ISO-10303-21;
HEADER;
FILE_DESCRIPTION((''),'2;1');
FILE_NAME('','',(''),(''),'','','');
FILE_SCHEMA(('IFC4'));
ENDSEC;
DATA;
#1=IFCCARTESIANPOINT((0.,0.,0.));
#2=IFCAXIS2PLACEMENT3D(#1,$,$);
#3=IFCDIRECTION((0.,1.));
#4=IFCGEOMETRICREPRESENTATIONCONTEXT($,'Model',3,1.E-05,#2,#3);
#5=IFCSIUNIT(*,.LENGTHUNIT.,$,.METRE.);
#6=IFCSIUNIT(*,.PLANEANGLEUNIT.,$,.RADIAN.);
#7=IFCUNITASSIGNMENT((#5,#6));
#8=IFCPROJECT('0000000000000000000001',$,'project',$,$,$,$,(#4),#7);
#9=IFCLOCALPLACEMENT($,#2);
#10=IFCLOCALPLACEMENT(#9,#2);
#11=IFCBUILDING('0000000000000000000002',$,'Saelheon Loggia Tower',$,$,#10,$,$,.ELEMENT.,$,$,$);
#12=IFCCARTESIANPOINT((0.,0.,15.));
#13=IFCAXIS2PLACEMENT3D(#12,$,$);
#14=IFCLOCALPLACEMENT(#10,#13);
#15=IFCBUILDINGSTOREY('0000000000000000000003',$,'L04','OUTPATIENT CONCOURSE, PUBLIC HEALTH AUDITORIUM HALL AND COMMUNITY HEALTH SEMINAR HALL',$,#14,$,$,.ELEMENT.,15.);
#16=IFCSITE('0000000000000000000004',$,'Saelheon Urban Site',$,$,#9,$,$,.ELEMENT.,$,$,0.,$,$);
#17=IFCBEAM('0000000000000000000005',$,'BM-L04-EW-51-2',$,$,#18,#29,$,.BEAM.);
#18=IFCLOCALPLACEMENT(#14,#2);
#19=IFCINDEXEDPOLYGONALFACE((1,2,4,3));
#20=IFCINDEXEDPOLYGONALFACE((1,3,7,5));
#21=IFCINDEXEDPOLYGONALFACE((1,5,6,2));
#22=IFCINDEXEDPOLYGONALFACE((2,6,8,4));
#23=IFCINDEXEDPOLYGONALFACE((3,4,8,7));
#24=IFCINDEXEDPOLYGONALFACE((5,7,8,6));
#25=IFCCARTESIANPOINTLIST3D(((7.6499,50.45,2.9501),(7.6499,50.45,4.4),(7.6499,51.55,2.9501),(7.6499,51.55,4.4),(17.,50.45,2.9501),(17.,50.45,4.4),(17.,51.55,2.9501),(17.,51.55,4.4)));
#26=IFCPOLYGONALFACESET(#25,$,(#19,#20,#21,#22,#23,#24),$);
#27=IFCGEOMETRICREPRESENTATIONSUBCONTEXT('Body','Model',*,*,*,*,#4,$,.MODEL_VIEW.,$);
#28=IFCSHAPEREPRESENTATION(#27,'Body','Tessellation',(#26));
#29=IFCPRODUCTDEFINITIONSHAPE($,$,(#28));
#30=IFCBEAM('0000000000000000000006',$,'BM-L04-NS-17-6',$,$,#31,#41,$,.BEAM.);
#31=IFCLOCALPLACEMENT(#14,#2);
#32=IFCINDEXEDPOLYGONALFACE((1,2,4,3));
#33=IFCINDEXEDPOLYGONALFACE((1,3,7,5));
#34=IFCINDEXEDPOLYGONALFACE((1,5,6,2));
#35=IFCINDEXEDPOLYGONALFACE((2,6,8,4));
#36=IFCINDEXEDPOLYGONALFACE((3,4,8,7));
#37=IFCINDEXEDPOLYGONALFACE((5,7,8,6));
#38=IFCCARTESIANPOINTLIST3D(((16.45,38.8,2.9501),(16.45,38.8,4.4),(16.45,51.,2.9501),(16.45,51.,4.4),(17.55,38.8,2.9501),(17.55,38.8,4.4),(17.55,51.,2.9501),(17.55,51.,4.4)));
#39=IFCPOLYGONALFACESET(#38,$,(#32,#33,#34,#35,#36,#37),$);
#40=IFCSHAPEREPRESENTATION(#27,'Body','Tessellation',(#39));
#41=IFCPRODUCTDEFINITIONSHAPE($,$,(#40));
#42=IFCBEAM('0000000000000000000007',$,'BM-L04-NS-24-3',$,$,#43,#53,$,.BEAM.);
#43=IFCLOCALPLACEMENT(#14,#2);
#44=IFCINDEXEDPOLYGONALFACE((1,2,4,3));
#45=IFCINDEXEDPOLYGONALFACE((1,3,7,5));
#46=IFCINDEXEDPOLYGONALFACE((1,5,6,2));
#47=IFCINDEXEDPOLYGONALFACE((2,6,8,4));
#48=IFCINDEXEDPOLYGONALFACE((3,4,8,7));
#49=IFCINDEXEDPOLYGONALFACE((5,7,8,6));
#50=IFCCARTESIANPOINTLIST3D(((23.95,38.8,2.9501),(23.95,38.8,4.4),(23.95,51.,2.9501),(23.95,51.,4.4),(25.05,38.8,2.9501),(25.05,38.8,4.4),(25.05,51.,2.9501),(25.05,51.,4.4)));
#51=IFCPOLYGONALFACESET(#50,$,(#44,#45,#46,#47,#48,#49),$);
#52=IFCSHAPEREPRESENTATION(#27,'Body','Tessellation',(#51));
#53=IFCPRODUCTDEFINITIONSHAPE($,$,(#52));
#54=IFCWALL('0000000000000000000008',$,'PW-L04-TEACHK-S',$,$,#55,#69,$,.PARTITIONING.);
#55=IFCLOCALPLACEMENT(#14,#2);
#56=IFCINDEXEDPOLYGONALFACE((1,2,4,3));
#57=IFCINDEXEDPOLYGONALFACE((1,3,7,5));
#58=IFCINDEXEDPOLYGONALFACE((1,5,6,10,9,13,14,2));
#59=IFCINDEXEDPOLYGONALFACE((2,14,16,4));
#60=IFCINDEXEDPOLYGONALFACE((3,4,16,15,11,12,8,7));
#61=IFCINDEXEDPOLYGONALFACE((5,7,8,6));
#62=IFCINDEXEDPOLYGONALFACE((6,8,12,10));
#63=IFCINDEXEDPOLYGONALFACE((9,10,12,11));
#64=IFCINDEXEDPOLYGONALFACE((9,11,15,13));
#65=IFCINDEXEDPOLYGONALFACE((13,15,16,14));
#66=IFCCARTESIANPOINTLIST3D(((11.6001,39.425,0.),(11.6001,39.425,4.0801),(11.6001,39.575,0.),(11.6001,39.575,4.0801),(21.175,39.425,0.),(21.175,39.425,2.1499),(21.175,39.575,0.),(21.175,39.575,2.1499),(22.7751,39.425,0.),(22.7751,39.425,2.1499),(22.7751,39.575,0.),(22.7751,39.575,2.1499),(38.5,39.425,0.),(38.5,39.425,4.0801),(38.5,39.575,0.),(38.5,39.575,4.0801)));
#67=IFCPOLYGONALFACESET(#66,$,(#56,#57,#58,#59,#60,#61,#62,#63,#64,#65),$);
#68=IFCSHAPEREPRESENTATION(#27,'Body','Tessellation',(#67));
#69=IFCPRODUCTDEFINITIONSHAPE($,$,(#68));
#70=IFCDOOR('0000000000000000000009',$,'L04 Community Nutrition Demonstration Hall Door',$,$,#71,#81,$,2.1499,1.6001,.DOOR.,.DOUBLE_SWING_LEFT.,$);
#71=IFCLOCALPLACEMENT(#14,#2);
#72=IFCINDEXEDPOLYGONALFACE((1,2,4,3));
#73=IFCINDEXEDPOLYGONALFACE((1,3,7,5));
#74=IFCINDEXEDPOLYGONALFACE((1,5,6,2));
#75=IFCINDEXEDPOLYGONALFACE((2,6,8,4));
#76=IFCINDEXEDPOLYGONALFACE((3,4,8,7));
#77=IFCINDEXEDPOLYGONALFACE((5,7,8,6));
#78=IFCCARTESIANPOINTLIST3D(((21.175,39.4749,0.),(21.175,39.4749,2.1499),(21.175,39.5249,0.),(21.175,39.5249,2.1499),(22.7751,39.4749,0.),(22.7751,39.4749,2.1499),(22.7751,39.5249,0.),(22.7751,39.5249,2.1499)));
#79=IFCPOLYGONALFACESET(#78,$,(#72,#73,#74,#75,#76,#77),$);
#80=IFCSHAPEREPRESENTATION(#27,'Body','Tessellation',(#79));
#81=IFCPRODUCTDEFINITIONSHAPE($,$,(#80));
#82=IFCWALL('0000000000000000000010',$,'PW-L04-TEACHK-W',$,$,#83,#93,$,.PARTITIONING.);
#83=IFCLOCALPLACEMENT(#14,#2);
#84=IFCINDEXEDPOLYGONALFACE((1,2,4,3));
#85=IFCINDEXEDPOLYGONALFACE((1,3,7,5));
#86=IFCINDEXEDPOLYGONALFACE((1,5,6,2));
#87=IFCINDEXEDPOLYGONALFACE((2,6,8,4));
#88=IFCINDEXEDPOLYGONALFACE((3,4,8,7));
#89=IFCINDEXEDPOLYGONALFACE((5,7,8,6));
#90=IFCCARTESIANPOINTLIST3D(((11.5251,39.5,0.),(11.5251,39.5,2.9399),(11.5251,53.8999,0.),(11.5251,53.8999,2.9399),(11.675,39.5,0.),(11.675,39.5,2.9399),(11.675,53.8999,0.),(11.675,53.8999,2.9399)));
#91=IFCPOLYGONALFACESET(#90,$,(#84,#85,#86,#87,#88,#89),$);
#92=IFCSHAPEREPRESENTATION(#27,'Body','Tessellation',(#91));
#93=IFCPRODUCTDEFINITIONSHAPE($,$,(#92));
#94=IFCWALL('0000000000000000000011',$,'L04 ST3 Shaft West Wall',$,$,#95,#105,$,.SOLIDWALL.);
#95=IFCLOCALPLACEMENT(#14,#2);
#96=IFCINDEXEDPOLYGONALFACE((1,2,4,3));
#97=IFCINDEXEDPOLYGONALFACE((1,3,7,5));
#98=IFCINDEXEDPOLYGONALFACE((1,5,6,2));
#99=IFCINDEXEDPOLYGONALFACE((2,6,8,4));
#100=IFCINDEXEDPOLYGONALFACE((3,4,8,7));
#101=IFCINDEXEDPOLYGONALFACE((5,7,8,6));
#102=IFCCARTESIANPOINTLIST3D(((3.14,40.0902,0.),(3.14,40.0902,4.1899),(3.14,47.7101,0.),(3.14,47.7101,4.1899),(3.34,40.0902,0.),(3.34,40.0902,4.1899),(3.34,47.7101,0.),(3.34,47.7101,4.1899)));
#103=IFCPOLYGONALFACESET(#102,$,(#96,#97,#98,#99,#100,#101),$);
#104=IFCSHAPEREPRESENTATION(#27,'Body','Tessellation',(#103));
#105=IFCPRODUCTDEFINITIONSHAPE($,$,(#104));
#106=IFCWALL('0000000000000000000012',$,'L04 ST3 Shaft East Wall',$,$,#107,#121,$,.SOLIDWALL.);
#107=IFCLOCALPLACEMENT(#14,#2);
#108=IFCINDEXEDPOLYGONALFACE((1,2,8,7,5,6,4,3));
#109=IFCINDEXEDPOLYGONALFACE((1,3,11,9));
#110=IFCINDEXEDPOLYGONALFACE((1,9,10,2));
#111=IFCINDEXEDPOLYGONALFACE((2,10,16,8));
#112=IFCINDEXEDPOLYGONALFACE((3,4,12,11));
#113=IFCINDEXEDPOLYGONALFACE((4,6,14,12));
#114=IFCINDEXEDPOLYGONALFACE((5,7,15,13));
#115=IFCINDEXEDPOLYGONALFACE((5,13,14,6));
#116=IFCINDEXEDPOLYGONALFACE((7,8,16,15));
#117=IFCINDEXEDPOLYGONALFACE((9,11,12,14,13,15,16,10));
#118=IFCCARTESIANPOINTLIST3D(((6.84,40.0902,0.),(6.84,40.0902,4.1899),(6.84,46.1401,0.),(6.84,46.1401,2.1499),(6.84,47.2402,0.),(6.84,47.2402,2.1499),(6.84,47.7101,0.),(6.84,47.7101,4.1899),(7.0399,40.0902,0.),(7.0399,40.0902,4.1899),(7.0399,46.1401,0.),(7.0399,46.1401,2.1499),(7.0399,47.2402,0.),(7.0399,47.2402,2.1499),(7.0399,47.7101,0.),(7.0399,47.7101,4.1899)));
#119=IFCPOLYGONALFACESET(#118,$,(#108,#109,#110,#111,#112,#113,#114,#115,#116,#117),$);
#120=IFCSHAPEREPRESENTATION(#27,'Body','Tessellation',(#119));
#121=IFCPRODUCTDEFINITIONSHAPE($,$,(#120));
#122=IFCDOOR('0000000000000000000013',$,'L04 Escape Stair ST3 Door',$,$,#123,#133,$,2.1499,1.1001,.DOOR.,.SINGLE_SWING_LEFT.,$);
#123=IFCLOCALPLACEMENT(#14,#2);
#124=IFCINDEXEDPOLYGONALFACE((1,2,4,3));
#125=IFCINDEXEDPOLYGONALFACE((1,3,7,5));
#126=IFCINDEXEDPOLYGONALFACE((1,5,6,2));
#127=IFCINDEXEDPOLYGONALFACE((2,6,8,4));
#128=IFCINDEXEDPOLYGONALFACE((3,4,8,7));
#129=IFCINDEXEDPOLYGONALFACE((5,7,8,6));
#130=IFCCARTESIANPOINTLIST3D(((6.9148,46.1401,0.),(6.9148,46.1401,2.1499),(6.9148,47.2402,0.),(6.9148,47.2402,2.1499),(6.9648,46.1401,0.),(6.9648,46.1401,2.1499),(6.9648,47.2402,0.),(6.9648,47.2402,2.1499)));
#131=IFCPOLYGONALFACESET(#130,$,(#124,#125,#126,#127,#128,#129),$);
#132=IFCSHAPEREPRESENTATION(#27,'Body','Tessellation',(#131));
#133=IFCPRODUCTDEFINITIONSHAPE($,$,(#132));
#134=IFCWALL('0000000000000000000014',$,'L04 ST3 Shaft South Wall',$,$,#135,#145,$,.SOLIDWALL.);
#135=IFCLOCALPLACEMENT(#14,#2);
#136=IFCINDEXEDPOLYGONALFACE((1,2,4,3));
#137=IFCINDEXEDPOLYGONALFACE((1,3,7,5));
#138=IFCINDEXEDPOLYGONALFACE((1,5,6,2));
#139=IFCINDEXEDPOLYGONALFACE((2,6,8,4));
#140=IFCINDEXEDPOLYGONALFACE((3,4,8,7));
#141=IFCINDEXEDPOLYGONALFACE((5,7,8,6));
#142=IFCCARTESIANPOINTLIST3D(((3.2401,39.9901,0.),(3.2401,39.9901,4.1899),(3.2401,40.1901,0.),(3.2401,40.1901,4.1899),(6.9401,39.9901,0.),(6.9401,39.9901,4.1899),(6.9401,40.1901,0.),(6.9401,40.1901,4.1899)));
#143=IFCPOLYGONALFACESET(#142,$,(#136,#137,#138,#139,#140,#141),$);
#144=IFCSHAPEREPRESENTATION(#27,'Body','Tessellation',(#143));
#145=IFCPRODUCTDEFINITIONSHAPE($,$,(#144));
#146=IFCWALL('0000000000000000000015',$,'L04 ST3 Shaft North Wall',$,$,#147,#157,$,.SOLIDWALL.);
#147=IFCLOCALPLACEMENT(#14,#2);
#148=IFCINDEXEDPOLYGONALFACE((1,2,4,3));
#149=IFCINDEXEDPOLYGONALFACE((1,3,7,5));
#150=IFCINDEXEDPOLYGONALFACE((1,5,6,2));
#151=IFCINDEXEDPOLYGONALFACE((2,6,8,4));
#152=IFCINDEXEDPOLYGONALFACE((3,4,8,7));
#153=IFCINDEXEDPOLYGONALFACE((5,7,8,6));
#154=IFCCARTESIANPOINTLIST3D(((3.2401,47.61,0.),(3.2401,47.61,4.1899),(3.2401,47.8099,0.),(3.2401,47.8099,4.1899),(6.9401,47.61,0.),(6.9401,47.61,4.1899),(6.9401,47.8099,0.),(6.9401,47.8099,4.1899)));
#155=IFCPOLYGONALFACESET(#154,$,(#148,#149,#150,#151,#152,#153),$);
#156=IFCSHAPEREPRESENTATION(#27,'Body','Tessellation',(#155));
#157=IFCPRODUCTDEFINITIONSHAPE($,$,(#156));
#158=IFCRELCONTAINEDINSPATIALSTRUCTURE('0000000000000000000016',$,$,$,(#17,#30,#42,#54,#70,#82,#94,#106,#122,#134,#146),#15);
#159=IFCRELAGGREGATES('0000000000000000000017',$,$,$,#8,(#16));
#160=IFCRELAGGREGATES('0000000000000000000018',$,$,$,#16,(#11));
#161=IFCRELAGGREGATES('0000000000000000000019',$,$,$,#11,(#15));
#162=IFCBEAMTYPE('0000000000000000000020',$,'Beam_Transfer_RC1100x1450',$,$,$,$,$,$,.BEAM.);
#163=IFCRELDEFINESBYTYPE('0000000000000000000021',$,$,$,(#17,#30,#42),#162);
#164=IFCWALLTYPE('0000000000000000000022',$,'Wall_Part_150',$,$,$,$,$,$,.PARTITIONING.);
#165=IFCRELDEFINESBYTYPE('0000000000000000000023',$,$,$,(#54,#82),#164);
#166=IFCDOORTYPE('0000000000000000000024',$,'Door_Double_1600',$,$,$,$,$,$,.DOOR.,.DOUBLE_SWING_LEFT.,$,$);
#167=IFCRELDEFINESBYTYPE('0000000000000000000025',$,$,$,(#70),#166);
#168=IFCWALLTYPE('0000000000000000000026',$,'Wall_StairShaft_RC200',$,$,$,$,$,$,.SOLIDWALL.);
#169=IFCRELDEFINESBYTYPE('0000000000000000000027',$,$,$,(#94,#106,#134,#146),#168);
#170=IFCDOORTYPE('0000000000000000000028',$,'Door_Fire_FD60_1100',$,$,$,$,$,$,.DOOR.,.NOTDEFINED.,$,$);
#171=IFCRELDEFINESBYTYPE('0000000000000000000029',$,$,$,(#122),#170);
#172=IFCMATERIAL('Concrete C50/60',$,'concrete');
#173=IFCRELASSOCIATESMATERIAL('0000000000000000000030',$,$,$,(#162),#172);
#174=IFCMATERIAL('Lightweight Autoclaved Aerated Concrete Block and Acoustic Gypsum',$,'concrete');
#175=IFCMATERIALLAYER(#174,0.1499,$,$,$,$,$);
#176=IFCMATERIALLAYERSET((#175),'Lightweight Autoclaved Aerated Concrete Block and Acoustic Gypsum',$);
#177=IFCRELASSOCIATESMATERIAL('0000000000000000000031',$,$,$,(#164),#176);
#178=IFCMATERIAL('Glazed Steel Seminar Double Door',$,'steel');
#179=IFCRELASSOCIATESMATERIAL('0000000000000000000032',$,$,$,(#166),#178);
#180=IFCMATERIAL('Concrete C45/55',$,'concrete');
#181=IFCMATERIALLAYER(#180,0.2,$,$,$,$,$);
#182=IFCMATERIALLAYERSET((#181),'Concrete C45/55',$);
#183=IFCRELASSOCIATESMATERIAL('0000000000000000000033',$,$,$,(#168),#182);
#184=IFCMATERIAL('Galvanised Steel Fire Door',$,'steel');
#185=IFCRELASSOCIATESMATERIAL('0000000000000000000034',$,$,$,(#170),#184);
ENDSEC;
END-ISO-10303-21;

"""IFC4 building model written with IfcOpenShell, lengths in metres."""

from ifc_helpers import new_model, si_unit, direction, frame, frame_2d, origin, origin_2d, place, context, subcontext, project, spatial, rectangle, extrude, source, transform, mapped, material, layer, layer_set, material_profile, profile_set, type_object, element, fill, save


model = new_model("IFC4")

# Units and contexts
model_context = context("Model", 3, precision=1e-05, world=origin(), true_north=direction((0.0, 1.0)))
body_context = subcontext(model_context, "Body", "Model", "MODEL_VIEW")
ifc_project = project(units=[si_unit("LENGTHUNIT", "METRE"), si_unit("PLANEANGLEUNIT", "RADIAN")], contexts=[model_context])

# Site, building, storey
site_placement = place(None, origin())
site = spatial("IfcSite", under=ifc_project, at=site_placement, Name="Saelheon Urban Site", CompositionType="ELEMENT", RefElevation=0.0)
building_placement = place(site_placement, origin())
building = spatial("IfcBuilding", under=site, at=building_placement, Name="Saelheon Loggia Tower", CompositionType="ELEMENT")
storey_placement = place(building_placement, frame((0.0, 0.0, 15.0)))
storey = spatial("IfcBuildingStorey", under=building, at=storey_placement, Name="L04", Description="OUTPATIENT CONCOURSE, PUBLIC HEALTH AUDITORIUM HALL AND COMMUNITY HEALTH SEMINAR HALL", CompositionType="ELEMENT", Elevation=15.0)

# Shared definitions
ifc_material_1 = material(Name="Concrete C50/60", Category="concrete")
ifc_material_2 = material(Name="Concrete C45/55", Category="concrete")

# Beams
ifc_material_profile_1 = material_profile(ifc_material_1, rectangle(XDim=1.1001, YDim=1.45, at=origin_2d()), Name="RC-1100x1450")
ifc_profile_set_1 = profile_set([ifc_material_profile_1], Name="Concrete C50/60")
beam_type = type_object("IfcBeamType", Name="Beam_Transfer_RC1100x1450", PredefinedType="BEAM", material=ifc_profile_set_1)
shared_shape_1 = source(origin(), body_context, "Body", "SweptSolid", [
    extrude(rectangle(XDim=1.1001, YDim=1.45, at=origin_2d()), origin(), (0.0, 0.0, 1.0), 9.3501),
])
beam_1_placement = place(storey_placement, frame((7.6499, 51.0, 3.675), z_axis=(1.0, 0.0, 0.0), x_axis=(0.0, 1.0, 0.0)))
element("IfcBeam", 1, at=beam_1_placement, inside=storey, type_object=beam_type, Name="BM-L04-EW-51-2", PredefinedType="BEAM", context=body_context, shape_type="MappedRepresentation", body=[
    mapped(shared_shape_1, transform((0.0, 0.0, 0.0), scale=1.0)),
])
shared_shape_2 = source(origin(), body_context, "Body", "SweptSolid", [
    extrude(rectangle(XDim=1.1001, YDim=1.45, at=origin_2d()), origin(), (0.0, 0.0, 1.0), 12.2),
])
for number, where, z_axis, x_axis, name in (
    (2, (17.0, 38.8, 3.675), (0.0, 1.0, 0.0), (-1.0, 0.0, 0.0), "BM-L04-NS-17-6"),
    (3, (24.5, 38.8, 3.675), (0.0, 1.0, 0.0), (-1.0, 0.0, 0.0), "BM-L04-NS-24-3"),
):
    element("IfcBeam", number, at=place(storey_placement, frame(where, z_axis=z_axis, x_axis=x_axis)), inside=storey, type_object=beam_type, Name=name, PredefinedType="BEAM", context=body_context, shape_type="MappedRepresentation", body=[
        mapped(shared_shape_2, transform((0.0, 0.0, 0.0), scale=1.0)),
    ])

# Wall, opening, door
ifc_material_3 = material(Name="Lightweight Autoclaved Aerated Concrete Block and Acoustic Gypsum", Category="concrete")
ifc_layer_1 = layer(ifc_material_3, 0.1499)
ifc_layer_set_1 = layer_set([ifc_layer_1], Name="Lightweight Autoclaved Aerated Concrete Block and Acoustic Gypsum")
wall_type_1 = type_object("IfcWallType", Name="Wall_Part_150", PredefinedType="PARTITIONING", material=ifc_layer_set_1)
wall_1_placement = place(storey_placement, frame((11.6001, 39.5, 0.0), z_axis=(0.0, 0.0, 1.0), x_axis=(1.0, 0.0, 0.0)))
wall_1 = element("IfcWall", 4, at=wall_1_placement, inside=storey, type_object=wall_type_1, Name="PW-L04-TEACHK-S", PredefinedType="PARTITIONING", context=body_context, shape_type="SweptSolid", body=[
    extrude(rectangle(XDim=26.8999, YDim=0.1499, at=frame_2d((13.45, 0.0))), origin(), (0.0, 0.0, 1.0), 4.0801),
])
opening_1_placement = place(wall_1_placement, frame((9.575, 0.0, 0.0)))
opening_1 = element("IfcOpeningElement", 5, at=opening_1_placement, cuts=wall_1, PredefinedType="OPENING", context=body_context, shape_type="SweptSolid", body=[
    extrude(rectangle(XDim=1.6001, YDim=2.1499, at=frame_2d((0.8, 1.075))), frame((0.0, 0.0869, 0.0), z_axis=(0.0, -1.0, 0.0), x_axis=(1.0, 0.0, 0.0)), (0.0, 0.0, 1.0), 0.1738),
])
ifc_material_4 = material(Name="Glazed Steel Seminar Double Door", Category="steel")
door_type_1 = type_object("IfcDoorType", Name="Door_Double_1600", OperationType="DOUBLE_SWING_LEFT", PredefinedType="DOOR", material=ifc_material_4)
shared_shape_3 = source(origin(), body_context, "Body", "SweptSolid", [
    extrude(rectangle(XDim=1.6001, YDim=2.1499, at=frame_2d((0.8, 1.075))), frame((0.0, 0.0249, 0.0), z_axis=(0.0, -1.0, 0.0), x_axis=(1.0, 0.0, 0.0)), (0.0, 0.0, 1.0), 0.05),
])
door_1_placement = place(opening_1_placement, origin())
door_1 = element("IfcDoor", 6, at=door_1_placement, inside=storey, type_object=door_type_1, Name="L04 Community Nutrition Demonstration Hall Door", OperationType="DOUBLE_SWING_LEFT", OverallHeight=2.1499, OverallWidth=1.6001, PredefinedType="DOOR", context=body_context, shape_type="MappedRepresentation", body=[
    mapped(shared_shape_3, transform((0.0, 0.0, 0.0), scale=1.0)),
])
fill(opening_1, door_1)

# Walls
wall_2_placement = place(storey_placement, frame((11.6001, 39.5, 0.0), z_axis=(0.0, 0.0, 1.0), x_axis=(0.0, 1.0, 0.0)))
element("IfcWall", 7, at=wall_2_placement, inside=storey, type_object=wall_type_1, Name="PW-L04-TEACHK-W", PredefinedType="PARTITIONING", context=body_context, shape_type="SweptSolid", body=[
    extrude(rectangle(XDim=14.3999, YDim=0.1499, at=frame_2d((7.2, 0.0))), origin(), (0.0, 0.0, 1.0), 2.9399),
])
ifc_layer_2 = layer(ifc_material_2, 0.2)
ifc_layer_set_2 = layer_set([ifc_layer_2], Name="Concrete C45/55")
wall_type_2 = type_object("IfcWallType", Name="Wall_StairShaft_RC200", PredefinedType="SOLIDWALL", material=ifc_layer_set_2)
wall_3_placement = place(storey_placement, frame((3.24, 40.0901, 0.0), z_axis=(0.0, 0.0, 1.0), x_axis=(0.0, 1.0, 0.0)))
element("IfcWall", 8, at=wall_3_placement, inside=storey, type_object=wall_type_2, Name="L04 ST3 Shaft West Wall", PredefinedType="SOLIDWALL", context=body_context, shape_type="SweptSolid", body=[
    extrude(rectangle(XDim=7.6199, YDim=0.2, at=frame_2d((3.8101, 0.0))), origin(), (0.0, 0.0, 1.0), 4.1899),
])

# Wall, opening, door
wall_4_placement = place(storey_placement, frame((6.9399, 40.0901, 0.0), z_axis=(0.0, 0.0, 1.0), x_axis=(0.0, 1.0, 0.0)))
wall_4 = element("IfcWall", 9, at=wall_4_placement, inside=storey, type_object=wall_type_2, Name="L04 ST3 Shaft East Wall", PredefinedType="SOLIDWALL", context=body_context, shape_type="SweptSolid", body=[
    extrude(rectangle(XDim=7.6199, YDim=0.2, at=frame_2d((3.8101, 0.0))), origin(), (0.0, 0.0, 1.0), 4.1899),
])
opening_2_placement = place(wall_4_placement, frame((7.1501, 0.0, 0.0), z_axis=(0.0, 0.0, 1.0), x_axis=(-1.0, 0.0, 0.0)))
opening_2 = element("IfcOpeningElement", 10, at=opening_2_placement, cuts=wall_4, PredefinedType="OPENING", context=body_context, shape_type="SweptSolid", body=[
    extrude(rectangle(XDim=1.1001, YDim=2.1499, at=frame_2d((0.55, 1.075))), frame((0.0, 0.1121, 0.0), z_axis=(0.0, -1.0, 0.0), x_axis=(1.0, 0.0, 0.0)), (0.0, 0.0, 1.0), 0.2239),
])
ifc_material_5 = material(Name="Galvanised Steel Fire Door", Category="steel")
door_type_2 = type_object("IfcDoorType", Name="Door_Fire_FD60_1100", OperationType="NOTDEFINED", PredefinedType="DOOR", material=ifc_material_5)
shared_shape_4 = source(origin(), body_context, "Body", "SweptSolid", [
    extrude(rectangle(XDim=1.1001, YDim=2.1499, at=frame_2d((0.55, 1.075))), frame((0.0, 0.0249, 0.0), z_axis=(0.0, -1.0, 0.0), x_axis=(1.0, 0.0, 0.0)), (0.0, 0.0, 1.0), 0.05),
])
door_2_placement = place(opening_2_placement, origin())
door_2 = element("IfcDoor", 11, at=door_2_placement, inside=storey, type_object=door_type_2, Name="L04 Escape Stair ST3 Door", OperationType="SINGLE_SWING_LEFT", OverallHeight=2.1499, OverallWidth=1.1001, PredefinedType="DOOR", context=body_context, shape_type="MappedRepresentation", body=[
    mapped(shared_shape_4, transform((0.0, 0.0, 0.0), scale=1.0)),
])
fill(opening_2, door_2)

# Walls
for number, where, z_axis, x_axis, name in (
    (12, (3.24, 40.0901, 0.0), (0.0, 0.0, 1.0), (1.0, 0.0, 0.0), "L04 ST3 Shaft South Wall"),
    (13, (3.24, 47.71, 0.0), (0.0, 0.0, 1.0), (1.0, 0.0, 0.0), "L04 ST3 Shaft North Wall"),
):
    element("IfcWall", number, at=place(storey_placement, frame(where, z_axis=z_axis, x_axis=x_axis)), inside=storey, type_object=wall_type_2, Name=name, PredefinedType="SOLIDWALL", context=body_context, shape_type="SweptSolid", body=[
        extrude(rectangle(XDim=3.7, YDim=0.2, at=frame_2d((1.8501, 0.0))), origin(), (0.0, 0.0, 1.0), 4.1899),
    ])

save(model, "model.ifc")
